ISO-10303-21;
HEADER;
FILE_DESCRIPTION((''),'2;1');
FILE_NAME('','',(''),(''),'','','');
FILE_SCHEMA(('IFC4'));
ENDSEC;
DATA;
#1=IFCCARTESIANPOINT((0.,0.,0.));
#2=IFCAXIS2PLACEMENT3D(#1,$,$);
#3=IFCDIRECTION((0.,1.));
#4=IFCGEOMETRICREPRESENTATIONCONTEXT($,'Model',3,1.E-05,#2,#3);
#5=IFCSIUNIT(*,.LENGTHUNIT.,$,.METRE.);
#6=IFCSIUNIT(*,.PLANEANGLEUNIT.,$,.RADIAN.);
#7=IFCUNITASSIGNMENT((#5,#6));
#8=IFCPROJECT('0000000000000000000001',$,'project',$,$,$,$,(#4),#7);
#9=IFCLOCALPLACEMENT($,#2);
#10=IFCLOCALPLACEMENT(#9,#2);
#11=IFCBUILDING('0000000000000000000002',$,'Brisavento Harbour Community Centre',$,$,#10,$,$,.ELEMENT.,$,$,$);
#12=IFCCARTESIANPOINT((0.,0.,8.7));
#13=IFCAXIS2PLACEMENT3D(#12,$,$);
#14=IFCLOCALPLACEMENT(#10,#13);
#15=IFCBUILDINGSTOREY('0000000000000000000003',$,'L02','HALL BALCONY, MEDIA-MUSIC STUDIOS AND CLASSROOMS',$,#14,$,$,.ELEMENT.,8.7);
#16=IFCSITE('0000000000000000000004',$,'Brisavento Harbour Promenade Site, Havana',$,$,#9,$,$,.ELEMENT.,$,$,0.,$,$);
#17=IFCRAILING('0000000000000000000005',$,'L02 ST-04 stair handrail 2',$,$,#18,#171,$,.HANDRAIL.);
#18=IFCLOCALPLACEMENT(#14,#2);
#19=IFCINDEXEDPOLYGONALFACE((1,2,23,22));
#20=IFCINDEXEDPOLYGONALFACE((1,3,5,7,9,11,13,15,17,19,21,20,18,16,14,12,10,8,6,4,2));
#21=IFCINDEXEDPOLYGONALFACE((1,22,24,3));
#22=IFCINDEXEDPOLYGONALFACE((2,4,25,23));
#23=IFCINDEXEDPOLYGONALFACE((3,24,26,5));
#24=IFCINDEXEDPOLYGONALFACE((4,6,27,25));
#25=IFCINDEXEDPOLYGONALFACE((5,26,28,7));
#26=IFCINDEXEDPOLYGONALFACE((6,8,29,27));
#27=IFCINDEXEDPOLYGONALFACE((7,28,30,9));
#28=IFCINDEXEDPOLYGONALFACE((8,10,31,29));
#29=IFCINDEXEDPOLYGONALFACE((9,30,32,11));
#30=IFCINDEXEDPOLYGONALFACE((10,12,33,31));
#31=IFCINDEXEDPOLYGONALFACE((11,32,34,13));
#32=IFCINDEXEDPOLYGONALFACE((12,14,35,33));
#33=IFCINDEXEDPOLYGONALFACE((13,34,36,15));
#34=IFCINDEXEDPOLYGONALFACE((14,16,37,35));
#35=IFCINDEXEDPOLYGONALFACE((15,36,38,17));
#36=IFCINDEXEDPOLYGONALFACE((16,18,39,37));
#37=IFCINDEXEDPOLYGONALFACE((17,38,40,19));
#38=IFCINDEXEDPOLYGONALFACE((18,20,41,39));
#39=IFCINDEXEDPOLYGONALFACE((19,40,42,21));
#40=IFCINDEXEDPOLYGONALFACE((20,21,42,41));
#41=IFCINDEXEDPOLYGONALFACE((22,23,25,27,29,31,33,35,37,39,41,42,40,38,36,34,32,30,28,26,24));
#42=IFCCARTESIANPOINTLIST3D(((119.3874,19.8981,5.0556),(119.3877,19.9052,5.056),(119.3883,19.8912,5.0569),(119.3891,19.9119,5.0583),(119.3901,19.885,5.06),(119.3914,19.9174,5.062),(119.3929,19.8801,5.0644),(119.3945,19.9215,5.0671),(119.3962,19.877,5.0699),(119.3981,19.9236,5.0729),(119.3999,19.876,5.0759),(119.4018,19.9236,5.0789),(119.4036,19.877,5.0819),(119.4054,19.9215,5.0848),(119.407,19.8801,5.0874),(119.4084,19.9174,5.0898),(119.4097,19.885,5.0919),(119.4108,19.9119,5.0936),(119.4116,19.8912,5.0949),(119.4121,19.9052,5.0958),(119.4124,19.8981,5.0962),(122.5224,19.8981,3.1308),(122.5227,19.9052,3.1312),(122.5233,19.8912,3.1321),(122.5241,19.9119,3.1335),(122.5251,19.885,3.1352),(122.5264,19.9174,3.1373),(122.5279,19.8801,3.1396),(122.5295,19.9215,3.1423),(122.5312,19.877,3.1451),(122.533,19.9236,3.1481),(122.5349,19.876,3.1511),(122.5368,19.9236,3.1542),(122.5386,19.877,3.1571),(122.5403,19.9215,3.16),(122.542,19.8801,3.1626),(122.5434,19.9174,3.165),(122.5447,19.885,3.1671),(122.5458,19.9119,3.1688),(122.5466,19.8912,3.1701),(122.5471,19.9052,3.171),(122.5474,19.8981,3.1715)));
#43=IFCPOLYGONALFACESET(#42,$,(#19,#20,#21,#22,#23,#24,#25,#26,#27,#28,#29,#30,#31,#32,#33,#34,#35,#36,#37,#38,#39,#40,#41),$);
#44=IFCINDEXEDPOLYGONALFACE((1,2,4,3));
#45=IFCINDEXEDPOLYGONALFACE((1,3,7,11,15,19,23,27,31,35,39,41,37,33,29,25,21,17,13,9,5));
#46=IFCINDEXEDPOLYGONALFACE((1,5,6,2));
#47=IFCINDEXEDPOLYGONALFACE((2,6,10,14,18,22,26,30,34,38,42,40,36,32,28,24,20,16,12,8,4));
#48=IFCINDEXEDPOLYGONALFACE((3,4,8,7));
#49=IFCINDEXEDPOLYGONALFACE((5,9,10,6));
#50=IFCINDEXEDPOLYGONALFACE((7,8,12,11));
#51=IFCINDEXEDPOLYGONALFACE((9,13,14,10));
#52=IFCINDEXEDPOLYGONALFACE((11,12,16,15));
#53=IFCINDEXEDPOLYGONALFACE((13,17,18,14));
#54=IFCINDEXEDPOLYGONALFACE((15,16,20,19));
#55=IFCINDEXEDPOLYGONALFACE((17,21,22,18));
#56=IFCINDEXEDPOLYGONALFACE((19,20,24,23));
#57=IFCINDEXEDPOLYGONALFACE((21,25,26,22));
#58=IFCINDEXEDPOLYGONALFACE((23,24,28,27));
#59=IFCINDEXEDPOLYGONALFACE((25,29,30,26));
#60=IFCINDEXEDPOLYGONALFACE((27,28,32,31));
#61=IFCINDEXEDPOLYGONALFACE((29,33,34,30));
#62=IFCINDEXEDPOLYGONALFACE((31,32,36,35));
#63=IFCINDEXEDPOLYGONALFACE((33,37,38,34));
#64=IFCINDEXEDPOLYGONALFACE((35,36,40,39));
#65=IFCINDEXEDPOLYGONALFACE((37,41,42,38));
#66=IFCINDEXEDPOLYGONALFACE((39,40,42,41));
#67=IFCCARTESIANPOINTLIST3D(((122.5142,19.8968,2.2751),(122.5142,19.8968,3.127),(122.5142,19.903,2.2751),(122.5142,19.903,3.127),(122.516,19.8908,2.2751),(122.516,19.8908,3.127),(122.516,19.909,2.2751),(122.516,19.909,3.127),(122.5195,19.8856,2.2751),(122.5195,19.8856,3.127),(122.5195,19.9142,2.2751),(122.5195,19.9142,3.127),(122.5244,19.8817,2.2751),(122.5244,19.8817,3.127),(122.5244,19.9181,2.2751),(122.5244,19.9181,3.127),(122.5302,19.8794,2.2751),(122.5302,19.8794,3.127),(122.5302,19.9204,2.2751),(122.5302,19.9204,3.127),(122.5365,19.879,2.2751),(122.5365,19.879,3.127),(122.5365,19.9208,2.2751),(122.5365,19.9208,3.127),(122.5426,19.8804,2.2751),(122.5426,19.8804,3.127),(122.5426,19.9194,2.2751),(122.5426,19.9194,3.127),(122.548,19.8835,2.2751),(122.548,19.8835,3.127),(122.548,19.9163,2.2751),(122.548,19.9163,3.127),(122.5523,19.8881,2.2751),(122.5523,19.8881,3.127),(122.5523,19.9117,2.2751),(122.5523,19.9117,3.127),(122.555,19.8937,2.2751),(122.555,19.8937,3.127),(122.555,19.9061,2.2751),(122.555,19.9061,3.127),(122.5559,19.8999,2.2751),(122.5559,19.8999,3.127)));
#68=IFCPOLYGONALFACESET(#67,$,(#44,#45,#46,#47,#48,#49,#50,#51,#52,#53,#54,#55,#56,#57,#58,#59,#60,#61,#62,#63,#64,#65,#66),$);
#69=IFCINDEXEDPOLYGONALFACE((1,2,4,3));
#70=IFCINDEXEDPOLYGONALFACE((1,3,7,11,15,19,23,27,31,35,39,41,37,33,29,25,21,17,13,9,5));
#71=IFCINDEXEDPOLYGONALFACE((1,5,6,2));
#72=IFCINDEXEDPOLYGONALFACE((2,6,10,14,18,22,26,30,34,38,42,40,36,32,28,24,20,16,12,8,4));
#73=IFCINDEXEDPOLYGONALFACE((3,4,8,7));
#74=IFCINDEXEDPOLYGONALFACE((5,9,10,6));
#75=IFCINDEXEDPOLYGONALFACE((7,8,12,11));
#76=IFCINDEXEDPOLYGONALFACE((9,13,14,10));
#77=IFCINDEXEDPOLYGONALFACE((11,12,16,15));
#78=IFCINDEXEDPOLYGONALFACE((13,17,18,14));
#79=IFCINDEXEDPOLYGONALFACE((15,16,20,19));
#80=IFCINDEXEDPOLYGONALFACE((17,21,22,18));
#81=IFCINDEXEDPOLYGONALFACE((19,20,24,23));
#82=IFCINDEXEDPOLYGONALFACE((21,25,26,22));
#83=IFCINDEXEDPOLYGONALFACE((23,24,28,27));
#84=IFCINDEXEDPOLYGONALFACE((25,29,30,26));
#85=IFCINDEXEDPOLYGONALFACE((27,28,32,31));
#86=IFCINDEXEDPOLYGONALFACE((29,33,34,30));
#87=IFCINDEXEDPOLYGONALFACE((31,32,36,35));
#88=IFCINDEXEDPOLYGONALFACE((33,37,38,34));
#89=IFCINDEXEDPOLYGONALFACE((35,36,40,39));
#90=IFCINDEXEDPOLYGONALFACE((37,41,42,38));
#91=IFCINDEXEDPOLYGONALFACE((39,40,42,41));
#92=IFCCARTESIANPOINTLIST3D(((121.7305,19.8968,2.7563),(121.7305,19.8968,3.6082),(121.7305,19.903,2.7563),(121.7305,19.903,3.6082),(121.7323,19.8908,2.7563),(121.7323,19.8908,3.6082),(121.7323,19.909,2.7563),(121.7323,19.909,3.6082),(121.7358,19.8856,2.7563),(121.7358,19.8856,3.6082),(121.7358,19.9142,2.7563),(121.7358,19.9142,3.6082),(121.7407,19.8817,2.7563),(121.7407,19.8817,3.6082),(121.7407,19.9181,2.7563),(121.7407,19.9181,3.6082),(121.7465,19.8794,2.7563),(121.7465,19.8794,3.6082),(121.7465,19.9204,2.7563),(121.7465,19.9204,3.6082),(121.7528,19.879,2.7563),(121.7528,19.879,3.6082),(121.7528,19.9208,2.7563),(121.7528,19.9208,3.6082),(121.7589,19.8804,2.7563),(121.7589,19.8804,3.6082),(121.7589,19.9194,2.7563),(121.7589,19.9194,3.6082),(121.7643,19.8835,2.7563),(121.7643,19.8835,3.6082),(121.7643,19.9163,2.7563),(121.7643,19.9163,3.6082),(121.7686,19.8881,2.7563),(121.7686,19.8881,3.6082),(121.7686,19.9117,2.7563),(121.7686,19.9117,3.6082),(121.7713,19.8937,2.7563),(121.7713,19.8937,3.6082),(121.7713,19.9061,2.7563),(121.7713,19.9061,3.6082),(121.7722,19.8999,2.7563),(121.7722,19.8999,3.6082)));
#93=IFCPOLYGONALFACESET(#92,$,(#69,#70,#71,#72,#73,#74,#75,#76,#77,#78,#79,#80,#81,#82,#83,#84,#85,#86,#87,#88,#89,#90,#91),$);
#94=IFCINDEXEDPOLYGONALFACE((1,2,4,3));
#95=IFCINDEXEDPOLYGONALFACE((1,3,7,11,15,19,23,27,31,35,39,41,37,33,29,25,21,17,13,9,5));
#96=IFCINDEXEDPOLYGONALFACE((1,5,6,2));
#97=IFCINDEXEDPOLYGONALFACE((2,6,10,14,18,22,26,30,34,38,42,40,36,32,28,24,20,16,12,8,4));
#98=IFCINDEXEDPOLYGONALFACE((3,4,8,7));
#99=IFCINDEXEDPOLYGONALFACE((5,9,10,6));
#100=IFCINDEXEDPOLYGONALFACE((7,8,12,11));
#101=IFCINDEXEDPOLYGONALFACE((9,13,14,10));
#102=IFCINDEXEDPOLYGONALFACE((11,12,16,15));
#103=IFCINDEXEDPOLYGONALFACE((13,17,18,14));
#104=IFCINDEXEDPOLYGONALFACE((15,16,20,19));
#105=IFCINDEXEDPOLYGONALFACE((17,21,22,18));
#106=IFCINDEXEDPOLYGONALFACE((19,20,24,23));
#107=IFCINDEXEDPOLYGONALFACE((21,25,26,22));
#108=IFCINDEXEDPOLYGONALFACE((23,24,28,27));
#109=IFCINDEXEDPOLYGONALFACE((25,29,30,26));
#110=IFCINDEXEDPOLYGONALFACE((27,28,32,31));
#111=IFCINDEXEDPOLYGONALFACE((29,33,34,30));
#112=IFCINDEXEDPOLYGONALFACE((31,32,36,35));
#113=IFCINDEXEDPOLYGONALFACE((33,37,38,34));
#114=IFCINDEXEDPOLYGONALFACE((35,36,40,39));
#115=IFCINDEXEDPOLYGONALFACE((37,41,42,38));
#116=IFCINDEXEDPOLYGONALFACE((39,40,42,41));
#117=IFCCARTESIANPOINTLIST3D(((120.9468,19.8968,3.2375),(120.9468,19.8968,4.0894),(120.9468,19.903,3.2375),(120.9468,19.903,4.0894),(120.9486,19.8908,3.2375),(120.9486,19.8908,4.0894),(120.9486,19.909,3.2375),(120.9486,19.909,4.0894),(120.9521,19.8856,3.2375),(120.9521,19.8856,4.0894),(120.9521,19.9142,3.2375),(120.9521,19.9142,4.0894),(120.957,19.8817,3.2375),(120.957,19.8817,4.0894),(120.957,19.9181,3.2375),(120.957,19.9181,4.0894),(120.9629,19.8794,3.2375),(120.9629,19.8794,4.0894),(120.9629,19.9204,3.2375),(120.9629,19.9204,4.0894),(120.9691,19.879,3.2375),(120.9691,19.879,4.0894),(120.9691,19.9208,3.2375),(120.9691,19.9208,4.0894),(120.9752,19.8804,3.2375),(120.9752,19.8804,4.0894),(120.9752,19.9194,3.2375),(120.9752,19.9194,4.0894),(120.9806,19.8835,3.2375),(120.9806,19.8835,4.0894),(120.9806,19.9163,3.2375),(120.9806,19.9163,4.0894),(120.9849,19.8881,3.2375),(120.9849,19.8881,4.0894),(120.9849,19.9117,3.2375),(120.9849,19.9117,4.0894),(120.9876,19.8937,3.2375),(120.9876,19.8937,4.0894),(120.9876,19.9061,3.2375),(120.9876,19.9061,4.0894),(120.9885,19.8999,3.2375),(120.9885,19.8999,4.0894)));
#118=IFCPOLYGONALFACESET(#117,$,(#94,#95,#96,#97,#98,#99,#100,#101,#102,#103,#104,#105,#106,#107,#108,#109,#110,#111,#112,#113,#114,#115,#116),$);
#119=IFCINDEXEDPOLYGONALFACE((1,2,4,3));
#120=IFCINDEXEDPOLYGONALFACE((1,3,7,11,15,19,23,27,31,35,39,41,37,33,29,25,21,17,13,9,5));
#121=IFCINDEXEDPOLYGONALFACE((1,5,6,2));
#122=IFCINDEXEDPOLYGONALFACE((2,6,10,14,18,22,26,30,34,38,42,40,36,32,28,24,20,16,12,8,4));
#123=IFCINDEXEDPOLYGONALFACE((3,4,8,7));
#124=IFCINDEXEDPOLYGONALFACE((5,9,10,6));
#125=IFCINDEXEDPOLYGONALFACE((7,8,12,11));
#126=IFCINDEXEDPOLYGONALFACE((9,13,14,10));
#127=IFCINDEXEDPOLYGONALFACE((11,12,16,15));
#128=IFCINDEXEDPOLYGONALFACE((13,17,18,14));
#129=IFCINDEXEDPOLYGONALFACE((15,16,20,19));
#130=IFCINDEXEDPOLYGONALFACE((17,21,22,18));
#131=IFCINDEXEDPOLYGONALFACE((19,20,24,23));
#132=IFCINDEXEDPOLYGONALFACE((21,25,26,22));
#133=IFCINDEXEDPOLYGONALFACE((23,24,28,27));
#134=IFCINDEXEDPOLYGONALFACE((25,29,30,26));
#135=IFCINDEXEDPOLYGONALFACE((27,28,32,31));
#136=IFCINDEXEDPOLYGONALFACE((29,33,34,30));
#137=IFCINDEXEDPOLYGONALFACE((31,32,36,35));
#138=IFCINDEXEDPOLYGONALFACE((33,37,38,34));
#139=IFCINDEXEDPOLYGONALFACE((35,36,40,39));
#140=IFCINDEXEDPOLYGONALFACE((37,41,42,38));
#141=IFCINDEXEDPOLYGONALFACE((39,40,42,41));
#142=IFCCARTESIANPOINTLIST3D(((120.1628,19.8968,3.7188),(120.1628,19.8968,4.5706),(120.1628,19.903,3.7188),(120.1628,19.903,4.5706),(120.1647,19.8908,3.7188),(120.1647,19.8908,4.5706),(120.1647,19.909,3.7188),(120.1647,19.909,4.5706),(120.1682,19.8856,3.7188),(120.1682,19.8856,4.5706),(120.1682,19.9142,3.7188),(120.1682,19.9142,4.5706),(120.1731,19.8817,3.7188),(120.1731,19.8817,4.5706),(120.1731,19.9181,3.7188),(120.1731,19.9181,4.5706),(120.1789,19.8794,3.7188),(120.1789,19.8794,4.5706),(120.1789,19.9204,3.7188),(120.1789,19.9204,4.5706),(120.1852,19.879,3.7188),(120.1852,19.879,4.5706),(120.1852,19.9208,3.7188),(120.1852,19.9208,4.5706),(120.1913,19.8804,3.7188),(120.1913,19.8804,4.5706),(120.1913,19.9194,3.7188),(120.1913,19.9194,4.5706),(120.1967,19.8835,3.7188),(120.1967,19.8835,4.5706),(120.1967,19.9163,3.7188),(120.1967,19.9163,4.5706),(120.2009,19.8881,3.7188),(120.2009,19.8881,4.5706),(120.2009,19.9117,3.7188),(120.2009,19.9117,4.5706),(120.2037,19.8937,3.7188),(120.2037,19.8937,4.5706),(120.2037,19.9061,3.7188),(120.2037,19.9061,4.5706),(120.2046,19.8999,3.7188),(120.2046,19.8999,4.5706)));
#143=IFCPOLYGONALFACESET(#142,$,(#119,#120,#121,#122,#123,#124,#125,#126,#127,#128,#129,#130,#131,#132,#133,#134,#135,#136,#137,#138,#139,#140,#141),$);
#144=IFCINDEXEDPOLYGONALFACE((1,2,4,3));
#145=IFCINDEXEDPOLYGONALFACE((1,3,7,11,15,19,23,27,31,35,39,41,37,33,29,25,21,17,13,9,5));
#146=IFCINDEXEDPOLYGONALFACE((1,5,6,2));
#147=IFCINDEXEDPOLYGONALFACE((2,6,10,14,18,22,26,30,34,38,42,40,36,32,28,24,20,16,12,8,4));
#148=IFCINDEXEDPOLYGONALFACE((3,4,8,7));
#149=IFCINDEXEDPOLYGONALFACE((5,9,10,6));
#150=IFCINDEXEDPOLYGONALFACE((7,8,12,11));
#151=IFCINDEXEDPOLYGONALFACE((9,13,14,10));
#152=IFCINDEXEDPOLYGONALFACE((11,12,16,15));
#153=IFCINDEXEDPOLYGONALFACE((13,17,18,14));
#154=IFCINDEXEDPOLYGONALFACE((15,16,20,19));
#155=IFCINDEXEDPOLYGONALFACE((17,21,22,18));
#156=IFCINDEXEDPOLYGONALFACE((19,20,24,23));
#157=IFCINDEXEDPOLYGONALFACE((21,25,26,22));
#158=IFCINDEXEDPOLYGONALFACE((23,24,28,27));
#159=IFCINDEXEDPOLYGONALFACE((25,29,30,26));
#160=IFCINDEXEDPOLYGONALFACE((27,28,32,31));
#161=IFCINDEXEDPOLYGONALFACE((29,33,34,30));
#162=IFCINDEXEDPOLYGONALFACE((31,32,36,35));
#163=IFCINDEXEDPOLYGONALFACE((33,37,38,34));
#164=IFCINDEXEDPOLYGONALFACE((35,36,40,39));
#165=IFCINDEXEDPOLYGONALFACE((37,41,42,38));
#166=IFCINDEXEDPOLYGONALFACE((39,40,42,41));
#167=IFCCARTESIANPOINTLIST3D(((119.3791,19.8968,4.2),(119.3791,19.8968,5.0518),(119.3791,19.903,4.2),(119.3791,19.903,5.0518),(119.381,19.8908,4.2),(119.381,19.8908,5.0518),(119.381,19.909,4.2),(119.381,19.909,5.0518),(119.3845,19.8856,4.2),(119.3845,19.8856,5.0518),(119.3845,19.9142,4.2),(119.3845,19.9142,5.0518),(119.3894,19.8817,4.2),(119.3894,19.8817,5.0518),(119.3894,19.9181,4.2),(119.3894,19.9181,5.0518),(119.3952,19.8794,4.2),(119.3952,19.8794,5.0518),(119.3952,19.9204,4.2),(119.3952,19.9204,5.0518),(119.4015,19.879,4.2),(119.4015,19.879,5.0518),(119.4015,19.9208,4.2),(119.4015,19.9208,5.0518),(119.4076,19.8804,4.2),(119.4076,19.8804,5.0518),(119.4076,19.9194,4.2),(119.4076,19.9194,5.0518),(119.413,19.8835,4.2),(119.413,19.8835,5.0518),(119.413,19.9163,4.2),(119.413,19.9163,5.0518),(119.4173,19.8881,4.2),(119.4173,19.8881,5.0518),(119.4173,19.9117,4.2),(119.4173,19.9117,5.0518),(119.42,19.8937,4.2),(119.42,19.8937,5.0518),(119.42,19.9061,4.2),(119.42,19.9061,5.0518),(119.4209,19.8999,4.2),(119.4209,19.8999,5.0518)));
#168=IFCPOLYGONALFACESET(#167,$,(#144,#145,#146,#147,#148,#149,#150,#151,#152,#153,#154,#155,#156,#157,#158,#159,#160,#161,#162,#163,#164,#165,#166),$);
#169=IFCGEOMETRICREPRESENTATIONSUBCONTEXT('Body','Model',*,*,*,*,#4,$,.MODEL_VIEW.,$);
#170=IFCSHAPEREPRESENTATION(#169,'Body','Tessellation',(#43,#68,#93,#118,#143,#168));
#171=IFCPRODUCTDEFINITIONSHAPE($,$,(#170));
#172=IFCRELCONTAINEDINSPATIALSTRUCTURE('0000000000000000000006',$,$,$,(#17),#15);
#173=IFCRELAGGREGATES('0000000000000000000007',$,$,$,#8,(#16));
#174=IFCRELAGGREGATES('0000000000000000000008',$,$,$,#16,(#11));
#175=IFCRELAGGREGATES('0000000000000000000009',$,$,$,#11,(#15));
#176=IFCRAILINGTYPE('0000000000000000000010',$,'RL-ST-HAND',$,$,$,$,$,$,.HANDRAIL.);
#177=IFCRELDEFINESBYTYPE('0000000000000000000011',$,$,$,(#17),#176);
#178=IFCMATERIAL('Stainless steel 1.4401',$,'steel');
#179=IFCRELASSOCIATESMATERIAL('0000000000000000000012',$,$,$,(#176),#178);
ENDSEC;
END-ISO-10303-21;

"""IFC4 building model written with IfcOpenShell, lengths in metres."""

from ifc_helpers import new_model, si_unit, direction, frame, origin, origin_2d, place, context, subcontext, project, spatial, circle, extrude, material, type_object, element, save


model = new_model("IFC4")

# Units and contexts
model_context = context("Model", 3, precision=1e-05, world=origin(), true_north=direction((0.0, 1.0)))
body_context = subcontext(model_context, "Body", "Model", "MODEL_VIEW")
ifc_project = project(units=[si_unit("LENGTHUNIT", "METRE"), si_unit("PLANEANGLEUNIT", "RADIAN")], contexts=[model_context])

# Site, building, storey
site_placement = place(None, origin())
site = spatial("IfcSite", under=ifc_project, at=site_placement, Name="Brisavento Harbour Promenade Site, Havana", CompositionType="ELEMENT", RefElevation=0.0)
building_placement = place(site_placement, origin())
building = spatial("IfcBuilding", under=site, at=building_placement, Name="Brisavento Harbour Community Centre", CompositionType="ELEMENT")
storey_placement = place(building_placement, frame((0.0, 0.0, 8.7)))
storey = spatial("IfcBuildingStorey", under=building, at=storey_placement, Name="L02", Description="HALL BALCONY, MEDIA-MUSIC STUDIOS AND CLASSROOMS", CompositionType="ELEMENT", Elevation=8.7)

# Railing
ifc_material_1 = material(Name="Stainless steel 1.4401", Category="steel")
railing_type_1 = type_object("IfcRailingType", Name="RL-ST-HAND", PredefinedType="HANDRAIL", material=ifc_material_1)
railing_1_placement = place(storey_placement, frame((122.5349, 19.8999, 2.2751)))
element("IfcRailing", 1, at=railing_1_placement, inside=storey, type_object=railing_type_1, Name="L02 ST-04 stair handrail 2", PredefinedType="HANDRAIL", context=body_context, shape_type="SweptSolid", body=[
    extrude(circle(Radius=0.0239, at=origin_2d()), frame((0.0, 0.0, 0.876), z_axis=(-0.852196, 0.0, 0.523223), x_axis=(0.0, -1.0, 0.0)), (0.0, 0.0, 1.0), 3.6787),
    extrude(circle(Radius=0.021, at=origin_2d()), origin(), (0.0, 0.0, 1.0), 0.8518),
    extrude(circle(Radius=0.021, at=origin_2d()), frame((-0.7837, 0.0, 0.4812)), (0.0, 0.0, 1.0), 0.8518),
    extrude(circle(Radius=0.021, at=origin_2d()), frame((-1.5674, 0.0, 0.9624)), (0.0, 0.0, 1.0), 0.8518),
    extrude(circle(Radius=0.021, at=origin_2d()), frame((-2.3513, 0.0, 1.4436)), (0.0, 0.0, 1.0), 0.8518),
    extrude(circle(Radius=0.021, at=origin_2d()), frame((-3.135, 0.0, 1.9248)), (0.0, 0.0, 1.0), 0.8518),
])

save(model, "model.ifc")
